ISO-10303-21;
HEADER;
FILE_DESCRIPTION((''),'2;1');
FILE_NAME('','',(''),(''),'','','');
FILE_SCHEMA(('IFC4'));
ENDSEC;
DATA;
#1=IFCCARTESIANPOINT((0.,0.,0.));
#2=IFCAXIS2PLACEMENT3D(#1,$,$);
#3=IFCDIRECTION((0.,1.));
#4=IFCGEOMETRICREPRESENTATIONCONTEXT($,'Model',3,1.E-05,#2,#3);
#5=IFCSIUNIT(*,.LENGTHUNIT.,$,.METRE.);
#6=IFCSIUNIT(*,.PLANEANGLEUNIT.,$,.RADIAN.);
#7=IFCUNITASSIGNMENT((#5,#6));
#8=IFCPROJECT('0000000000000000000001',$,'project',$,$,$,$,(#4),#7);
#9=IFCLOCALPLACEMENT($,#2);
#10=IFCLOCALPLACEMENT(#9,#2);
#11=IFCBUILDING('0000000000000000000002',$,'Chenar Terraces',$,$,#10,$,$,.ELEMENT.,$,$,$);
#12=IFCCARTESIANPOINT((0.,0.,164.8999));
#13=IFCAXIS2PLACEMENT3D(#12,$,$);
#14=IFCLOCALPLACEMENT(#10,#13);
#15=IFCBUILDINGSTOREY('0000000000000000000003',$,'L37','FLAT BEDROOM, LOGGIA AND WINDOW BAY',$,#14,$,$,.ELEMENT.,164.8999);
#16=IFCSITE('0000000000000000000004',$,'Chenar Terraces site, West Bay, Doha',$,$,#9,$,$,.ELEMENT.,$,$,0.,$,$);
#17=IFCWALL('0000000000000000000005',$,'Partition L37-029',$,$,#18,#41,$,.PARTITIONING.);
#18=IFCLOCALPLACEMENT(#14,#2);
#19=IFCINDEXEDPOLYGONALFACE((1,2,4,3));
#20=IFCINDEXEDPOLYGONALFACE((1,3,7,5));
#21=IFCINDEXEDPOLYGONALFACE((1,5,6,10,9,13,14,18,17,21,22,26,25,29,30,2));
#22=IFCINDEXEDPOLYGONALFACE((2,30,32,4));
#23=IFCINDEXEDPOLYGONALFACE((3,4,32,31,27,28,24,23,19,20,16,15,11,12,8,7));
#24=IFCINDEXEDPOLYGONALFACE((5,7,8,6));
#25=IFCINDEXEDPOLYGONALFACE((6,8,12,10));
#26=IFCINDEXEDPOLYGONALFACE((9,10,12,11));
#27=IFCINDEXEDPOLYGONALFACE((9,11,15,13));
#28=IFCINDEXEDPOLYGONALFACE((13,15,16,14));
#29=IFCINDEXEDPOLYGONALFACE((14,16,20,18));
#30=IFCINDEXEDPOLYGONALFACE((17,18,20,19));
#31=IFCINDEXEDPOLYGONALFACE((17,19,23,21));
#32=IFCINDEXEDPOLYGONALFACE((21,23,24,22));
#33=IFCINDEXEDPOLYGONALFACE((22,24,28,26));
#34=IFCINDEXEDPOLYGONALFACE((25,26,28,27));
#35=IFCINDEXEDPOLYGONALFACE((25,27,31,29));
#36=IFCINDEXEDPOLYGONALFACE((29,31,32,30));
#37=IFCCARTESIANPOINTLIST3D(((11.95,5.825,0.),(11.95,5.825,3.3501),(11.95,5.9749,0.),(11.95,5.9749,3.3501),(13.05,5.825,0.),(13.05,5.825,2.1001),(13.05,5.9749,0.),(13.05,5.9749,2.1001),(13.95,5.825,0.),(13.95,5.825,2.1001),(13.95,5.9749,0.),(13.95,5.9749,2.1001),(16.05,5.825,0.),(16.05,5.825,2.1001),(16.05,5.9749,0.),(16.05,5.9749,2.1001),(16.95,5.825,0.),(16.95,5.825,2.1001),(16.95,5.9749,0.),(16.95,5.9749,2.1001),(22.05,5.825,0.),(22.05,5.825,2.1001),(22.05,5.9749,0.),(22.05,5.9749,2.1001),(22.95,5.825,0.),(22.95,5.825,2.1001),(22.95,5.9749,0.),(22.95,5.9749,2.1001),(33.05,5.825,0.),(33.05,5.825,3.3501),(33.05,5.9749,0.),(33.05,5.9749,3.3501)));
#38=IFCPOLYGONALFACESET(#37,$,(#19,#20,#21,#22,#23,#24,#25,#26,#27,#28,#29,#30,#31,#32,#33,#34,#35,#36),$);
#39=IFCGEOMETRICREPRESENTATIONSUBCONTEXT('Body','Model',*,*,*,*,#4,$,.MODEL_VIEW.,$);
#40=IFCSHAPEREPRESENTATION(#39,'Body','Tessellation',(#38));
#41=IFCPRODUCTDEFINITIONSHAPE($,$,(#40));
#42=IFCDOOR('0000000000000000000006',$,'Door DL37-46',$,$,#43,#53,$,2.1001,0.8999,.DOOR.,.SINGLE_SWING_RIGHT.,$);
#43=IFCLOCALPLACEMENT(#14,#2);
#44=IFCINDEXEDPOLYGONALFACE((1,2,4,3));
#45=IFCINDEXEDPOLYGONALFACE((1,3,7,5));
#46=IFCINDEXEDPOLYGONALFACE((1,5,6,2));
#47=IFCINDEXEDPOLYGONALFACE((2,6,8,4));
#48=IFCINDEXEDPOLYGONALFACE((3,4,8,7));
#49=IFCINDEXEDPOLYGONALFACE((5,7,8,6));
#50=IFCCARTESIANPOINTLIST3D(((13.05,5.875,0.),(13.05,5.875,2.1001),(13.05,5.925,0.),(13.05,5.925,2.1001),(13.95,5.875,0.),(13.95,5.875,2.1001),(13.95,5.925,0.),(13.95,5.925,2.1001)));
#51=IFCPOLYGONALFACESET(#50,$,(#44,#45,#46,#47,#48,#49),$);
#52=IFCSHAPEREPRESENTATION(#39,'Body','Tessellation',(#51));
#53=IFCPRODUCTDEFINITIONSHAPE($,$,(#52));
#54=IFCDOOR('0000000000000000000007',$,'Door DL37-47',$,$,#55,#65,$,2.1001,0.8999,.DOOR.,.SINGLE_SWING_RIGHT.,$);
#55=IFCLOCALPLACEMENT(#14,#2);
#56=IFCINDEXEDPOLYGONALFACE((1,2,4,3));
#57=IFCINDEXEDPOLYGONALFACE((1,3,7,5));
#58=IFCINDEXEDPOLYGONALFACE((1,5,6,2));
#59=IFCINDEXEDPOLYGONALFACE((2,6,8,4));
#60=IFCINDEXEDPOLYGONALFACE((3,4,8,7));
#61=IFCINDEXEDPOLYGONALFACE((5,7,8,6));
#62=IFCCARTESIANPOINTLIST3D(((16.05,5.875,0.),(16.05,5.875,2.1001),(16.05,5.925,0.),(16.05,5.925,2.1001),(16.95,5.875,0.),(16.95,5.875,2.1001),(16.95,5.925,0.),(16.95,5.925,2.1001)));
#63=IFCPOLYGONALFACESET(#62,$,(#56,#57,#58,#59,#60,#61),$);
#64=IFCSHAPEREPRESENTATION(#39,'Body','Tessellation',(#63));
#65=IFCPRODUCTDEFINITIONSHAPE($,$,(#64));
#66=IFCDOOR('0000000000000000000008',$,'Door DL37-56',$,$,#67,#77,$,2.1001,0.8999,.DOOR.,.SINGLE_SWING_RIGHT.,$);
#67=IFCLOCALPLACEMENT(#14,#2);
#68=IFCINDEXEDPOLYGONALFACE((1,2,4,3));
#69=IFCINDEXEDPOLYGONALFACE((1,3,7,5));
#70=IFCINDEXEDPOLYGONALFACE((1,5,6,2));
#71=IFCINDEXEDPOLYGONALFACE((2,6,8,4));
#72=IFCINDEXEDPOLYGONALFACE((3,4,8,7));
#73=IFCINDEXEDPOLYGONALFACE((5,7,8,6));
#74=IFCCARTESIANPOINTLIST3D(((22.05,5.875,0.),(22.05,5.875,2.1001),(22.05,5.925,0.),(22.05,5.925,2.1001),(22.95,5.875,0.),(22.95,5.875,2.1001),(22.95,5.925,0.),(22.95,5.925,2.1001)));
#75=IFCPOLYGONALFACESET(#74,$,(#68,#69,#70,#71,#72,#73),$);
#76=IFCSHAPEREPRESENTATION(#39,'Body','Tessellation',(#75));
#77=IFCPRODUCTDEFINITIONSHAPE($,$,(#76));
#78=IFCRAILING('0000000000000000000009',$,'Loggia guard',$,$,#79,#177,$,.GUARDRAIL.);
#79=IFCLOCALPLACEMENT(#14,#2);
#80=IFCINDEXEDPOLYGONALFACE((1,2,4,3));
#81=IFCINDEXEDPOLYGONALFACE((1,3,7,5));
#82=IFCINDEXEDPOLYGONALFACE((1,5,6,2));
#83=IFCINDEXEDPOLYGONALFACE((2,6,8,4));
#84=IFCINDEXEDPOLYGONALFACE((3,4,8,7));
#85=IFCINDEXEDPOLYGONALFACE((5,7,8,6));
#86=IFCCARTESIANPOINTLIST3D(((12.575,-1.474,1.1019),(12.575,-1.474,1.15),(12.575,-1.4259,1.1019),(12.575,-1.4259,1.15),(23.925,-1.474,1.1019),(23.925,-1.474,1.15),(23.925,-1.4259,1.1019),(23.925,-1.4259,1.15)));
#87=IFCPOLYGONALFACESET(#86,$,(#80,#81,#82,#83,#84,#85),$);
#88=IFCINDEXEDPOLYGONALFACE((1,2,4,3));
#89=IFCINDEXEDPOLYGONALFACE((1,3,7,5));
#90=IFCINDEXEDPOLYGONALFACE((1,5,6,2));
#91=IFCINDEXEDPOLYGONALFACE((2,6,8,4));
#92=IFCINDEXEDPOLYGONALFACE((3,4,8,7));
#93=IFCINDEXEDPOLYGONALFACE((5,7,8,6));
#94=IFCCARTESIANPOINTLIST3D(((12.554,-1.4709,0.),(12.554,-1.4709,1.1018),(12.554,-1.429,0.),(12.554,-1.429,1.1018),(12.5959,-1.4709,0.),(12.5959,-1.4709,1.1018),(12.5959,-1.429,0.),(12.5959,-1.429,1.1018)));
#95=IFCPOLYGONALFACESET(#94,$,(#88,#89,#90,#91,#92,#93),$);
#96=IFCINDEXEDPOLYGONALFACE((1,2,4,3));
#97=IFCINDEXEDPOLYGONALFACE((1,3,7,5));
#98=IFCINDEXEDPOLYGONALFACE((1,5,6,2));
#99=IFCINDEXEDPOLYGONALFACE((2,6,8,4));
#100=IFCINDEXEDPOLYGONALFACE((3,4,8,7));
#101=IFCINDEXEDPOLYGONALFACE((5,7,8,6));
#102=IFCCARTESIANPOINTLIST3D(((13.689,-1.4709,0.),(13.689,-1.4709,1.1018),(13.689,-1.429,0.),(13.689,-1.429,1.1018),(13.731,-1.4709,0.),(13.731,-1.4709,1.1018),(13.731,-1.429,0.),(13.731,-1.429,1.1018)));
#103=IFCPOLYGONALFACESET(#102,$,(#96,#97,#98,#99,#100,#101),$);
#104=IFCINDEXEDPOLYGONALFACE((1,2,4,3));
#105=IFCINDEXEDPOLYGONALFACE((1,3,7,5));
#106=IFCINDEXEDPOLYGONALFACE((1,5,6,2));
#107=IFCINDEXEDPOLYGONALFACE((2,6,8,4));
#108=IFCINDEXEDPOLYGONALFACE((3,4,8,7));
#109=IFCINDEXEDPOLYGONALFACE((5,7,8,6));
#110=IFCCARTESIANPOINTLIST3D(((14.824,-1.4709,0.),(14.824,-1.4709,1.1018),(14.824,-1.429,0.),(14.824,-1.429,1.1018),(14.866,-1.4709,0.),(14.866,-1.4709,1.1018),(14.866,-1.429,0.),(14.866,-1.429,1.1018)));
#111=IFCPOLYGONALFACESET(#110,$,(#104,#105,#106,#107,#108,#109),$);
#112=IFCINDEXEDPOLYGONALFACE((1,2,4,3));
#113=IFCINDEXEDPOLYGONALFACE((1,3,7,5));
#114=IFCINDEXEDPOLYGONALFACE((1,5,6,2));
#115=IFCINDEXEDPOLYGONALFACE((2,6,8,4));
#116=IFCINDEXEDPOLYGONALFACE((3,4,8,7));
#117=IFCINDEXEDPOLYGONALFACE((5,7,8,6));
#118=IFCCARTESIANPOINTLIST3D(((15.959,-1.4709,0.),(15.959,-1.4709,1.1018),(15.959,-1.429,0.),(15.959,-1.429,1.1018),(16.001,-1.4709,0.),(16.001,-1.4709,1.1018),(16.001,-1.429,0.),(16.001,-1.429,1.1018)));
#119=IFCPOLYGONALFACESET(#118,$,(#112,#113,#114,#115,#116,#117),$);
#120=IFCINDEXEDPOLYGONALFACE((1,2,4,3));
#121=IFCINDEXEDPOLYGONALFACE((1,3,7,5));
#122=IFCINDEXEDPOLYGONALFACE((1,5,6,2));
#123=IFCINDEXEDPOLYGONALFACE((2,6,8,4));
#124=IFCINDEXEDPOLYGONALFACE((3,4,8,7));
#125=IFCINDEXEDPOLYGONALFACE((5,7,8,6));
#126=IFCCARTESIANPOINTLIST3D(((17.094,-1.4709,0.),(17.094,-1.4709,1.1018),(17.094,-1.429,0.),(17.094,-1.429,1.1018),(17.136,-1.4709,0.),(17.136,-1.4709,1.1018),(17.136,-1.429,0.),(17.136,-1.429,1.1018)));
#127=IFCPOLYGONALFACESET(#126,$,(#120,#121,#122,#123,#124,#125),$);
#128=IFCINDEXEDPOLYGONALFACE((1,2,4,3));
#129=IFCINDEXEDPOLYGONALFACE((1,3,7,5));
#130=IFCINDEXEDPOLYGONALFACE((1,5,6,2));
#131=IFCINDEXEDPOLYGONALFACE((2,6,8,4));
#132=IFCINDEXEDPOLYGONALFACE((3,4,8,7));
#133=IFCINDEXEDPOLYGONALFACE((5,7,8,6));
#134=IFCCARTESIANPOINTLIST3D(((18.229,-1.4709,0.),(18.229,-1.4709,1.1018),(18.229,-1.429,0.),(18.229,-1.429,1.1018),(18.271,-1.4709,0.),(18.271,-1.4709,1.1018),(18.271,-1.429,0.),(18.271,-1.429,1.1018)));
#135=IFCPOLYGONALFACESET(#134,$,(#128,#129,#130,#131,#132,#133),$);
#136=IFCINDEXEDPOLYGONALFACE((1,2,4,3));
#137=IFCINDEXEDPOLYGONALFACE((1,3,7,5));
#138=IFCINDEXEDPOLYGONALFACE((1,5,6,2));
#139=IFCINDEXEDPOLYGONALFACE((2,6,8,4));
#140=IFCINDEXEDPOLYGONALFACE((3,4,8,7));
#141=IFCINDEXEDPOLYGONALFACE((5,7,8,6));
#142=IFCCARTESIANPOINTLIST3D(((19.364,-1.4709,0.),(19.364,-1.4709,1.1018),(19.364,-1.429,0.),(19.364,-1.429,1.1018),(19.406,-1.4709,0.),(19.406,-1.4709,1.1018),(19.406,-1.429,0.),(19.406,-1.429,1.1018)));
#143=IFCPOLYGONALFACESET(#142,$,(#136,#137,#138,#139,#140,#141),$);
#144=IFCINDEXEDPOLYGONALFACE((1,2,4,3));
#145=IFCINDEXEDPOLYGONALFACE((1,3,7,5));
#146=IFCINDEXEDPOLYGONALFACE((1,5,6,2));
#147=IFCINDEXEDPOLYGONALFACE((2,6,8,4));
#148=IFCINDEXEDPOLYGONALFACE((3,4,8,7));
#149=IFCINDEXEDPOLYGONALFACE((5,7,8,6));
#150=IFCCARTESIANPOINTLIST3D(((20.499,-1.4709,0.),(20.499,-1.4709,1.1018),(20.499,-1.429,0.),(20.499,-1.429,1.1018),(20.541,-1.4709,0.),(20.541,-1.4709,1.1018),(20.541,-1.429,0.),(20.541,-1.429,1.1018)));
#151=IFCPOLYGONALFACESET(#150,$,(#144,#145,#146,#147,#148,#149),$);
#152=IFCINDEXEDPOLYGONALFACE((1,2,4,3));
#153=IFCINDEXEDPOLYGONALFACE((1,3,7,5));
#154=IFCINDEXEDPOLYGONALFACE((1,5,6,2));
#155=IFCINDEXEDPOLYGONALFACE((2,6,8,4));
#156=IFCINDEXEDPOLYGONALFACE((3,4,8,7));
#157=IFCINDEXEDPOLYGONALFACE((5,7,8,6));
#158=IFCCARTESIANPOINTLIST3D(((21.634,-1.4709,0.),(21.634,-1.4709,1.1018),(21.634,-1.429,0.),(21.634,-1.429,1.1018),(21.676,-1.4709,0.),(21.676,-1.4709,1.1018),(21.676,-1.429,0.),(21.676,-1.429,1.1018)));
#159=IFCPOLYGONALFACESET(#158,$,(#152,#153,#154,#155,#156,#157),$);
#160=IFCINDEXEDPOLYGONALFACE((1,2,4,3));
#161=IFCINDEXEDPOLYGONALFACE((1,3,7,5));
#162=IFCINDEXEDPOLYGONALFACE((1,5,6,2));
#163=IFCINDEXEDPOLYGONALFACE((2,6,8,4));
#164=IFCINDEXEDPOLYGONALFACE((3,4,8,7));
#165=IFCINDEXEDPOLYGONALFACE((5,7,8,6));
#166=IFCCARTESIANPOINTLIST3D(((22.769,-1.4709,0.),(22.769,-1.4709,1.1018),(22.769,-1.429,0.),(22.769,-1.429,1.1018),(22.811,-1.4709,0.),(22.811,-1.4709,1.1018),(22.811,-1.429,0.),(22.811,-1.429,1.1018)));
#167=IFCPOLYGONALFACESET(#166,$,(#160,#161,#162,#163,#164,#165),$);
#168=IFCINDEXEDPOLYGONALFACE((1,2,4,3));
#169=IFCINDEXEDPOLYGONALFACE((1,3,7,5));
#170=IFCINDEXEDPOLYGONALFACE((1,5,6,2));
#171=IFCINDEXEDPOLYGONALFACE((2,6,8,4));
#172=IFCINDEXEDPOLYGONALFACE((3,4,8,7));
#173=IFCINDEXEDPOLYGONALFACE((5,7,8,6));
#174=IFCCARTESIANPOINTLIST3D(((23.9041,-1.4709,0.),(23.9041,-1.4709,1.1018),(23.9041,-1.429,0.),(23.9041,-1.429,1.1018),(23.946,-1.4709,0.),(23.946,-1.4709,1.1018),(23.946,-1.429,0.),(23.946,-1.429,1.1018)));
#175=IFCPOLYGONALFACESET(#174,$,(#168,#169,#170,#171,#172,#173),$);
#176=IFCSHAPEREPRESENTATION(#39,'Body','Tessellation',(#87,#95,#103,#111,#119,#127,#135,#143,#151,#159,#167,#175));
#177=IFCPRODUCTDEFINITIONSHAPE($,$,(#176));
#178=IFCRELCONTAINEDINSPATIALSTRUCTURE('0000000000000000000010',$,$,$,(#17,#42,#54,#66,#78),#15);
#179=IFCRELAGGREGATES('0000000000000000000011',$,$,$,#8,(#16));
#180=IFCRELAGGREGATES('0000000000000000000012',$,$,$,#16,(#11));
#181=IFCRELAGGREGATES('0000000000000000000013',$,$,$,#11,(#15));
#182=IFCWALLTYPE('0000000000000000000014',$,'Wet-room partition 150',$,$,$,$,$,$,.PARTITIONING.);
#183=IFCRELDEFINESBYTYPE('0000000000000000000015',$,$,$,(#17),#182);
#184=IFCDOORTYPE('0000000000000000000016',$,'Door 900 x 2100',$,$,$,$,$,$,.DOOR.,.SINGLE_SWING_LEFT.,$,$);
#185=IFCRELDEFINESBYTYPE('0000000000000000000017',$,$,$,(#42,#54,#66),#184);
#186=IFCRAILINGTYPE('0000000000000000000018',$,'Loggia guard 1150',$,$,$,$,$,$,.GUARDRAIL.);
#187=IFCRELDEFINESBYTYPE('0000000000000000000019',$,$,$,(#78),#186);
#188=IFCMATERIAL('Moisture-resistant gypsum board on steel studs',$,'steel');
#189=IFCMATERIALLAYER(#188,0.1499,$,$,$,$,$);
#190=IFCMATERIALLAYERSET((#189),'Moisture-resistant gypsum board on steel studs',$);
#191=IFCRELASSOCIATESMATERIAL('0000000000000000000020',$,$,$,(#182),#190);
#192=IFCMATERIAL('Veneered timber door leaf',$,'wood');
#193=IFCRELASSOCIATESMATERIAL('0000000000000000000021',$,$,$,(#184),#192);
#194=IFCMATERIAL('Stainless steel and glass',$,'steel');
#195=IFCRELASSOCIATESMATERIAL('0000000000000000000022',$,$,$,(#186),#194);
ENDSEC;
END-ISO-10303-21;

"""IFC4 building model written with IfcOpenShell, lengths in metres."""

from ifc_helpers import new_model, si_unit, direction, frame, frame_2d, origin, origin_2d, place, context, subcontext, project, spatial, rectangle, extrude, material, layer, layer_set, type_object, element, fill, save


model = new_model("IFC4")

# Units and contexts
model_context = context("Model", 3, precision=1e-05, world=origin(), true_north=direction((0.0, 1.0)))
body_context = subcontext(model_context, "Body", "Model", "MODEL_VIEW")
ifc_project = project(units=[si_unit("LENGTHUNIT", "METRE"), si_unit("PLANEANGLEUNIT", "RADIAN")], contexts=[model_context])

# Site, building, storey
site_placement = place(None, origin())
site = spatial("IfcSite", under=ifc_project, at=site_placement, Name="Chenar Terraces site, West Bay, Doha", CompositionType="ELEMENT", RefElevation=0.0)
building_placement = place(site_placement, origin())
building = spatial("IfcBuilding", under=site, at=building_placement, Name="Chenar Terraces", CompositionType="ELEMENT")
storey_placement = place(building_placement, frame((0.0, 0.0, 164.8999)))
storey = spatial("IfcBuildingStorey", under=building, at=storey_placement, Name="L37", Description="FLAT BEDROOM, LOGGIA AND WINDOW BAY", CompositionType="ELEMENT", Elevation=164.8999)

# Wall, openings, doors
ifc_material_1 = material(Name="Moisture-resistant gypsum board on steel studs", Category="steel")
ifc_layer_1 = layer(ifc_material_1, 0.1499)
ifc_layer_set_1 = layer_set([ifc_layer_1], Name="Moisture-resistant gypsum board on steel studs")
wall_type_1 = type_object("IfcWallType", Name="Wet-room partition 150", PredefinedType="PARTITIONING", material=ifc_layer_set_1)
wall_1_placement = place(storey_placement, frame((11.95, 5.8999, 0.0), z_axis=(0.0, 0.0, 1.0), x_axis=(1.0, 0.0, 0.0)))
wall_1 = element("IfcWall", 1, at=wall_1_placement, inside=storey, type_object=wall_type_1, Name="Partition L37-029", PredefinedType="PARTITIONING", context=body_context, shape_type="SweptSolid", body=[
    extrude(rectangle(XDim=21.1001, YDim=0.1499, at=frame_2d((10.55, 0.0))), origin(), (0.0, 0.0, 1.0), 3.3501),
])
opening_1_placement = place(wall_1_placement, frame((1.1001, 0.0, 0.0)))
opening_1 = element("IfcOpeningElement", 2, at=opening_1_placement, cuts=wall_1, PredefinedType="OPENING", context=body_context, shape_type="SweptSolid", body=[
    extrude(rectangle(XDim=0.8999, YDim=2.1001, at=frame_2d((0.45, 1.05))), frame((0.0, 0.085, 0.0), z_axis=(0.0, -1.0, 0.0), x_axis=(1.0, 0.0, 0.0)), (0.0, 0.0, 1.0), 0.1699),
])
opening_2_placement = place(wall_1_placement, frame((4.1001, 0.0, 0.0)))
opening_2 = element("IfcOpeningElement", 3, at=opening_2_placement, cuts=wall_1, PredefinedType="OPENING", context=body_context, shape_type="SweptSolid", body=[
    extrude(rectangle(XDim=0.8999, YDim=2.1001, at=frame_2d((0.45, 1.05))), frame((0.0, 0.085, 0.0), z_axis=(0.0, -1.0, 0.0), x_axis=(1.0, 0.0, 0.0)), (0.0, 0.0, 1.0), 0.1699),
])
opening_3_placement = place(wall_1_placement, frame((10.1001, 0.0, 0.0)))
opening_3 = element("IfcOpeningElement", 4, at=opening_3_placement, cuts=wall_1, PredefinedType="OPENING", context=body_context, shape_type="SweptSolid", body=[
    extrude(rectangle(XDim=0.8999, YDim=2.1001, at=frame_2d((0.45, 1.05))), frame((0.0, 0.085, 0.0), z_axis=(0.0, -1.0, 0.0), x_axis=(1.0, 0.0, 0.0)), (0.0, 0.0, 1.0), 0.1699),
])
ifc_material_2 = material(Name="Veneered timber door leaf", Category="wood")
door_type_1 = type_object("IfcDoorType", Name="Door 900 x 2100", OperationType="SINGLE_SWING_LEFT", PredefinedType="DOOR", material=ifc_material_2)
door_1_placement = place(opening_1_placement, frame((0.8999, 0.0, 0.0), z_axis=(0.0, 0.0, 1.0), x_axis=(-1.0, 0.0, 0.0)))
door_1 = element("IfcDoor", 5, at=door_1_placement, inside=storey, type_object=door_type_1, Name="Door DL37-46", OperationType="SINGLE_SWING_RIGHT", OverallHeight=2.1001, OverallWidth=0.8999, PredefinedType="DOOR", context=body_context, shape_type="SweptSolid", body=[
    extrude(rectangle(XDim=0.8999, YDim=2.1001, at=frame_2d((0.45, 1.05))), frame((0.0, 0.0249, 0.0), z_axis=(0.0, -1.0, 0.0), x_axis=(1.0, 0.0, 0.0)), (0.0, 0.0, 1.0), 0.05),
])
fill(opening_1, door_1)
door_2_placement = place(opening_2_placement, frame((0.8999, 0.0, 0.0), z_axis=(0.0, 0.0, 1.0), x_axis=(-1.0, 0.0, 0.0)))
door_2 = element("IfcDoor", 6, at=door_2_placement, inside=storey, type_object=door_type_1, Name="Door DL37-47", OperationType="SINGLE_SWING_RIGHT", OverallHeight=2.1001, OverallWidth=0.8999, PredefinedType="DOOR", context=body_context, shape_type="SweptSolid", body=[
    extrude(rectangle(XDim=0.8999, YDim=2.1001, at=frame_2d((0.45, 1.05))), frame((0.0, 0.0249, 0.0), z_axis=(0.0, -1.0, 0.0), x_axis=(1.0, 0.0, 0.0)), (0.0, 0.0, 1.0), 0.05),
])
fill(opening_2, door_2)
door_3_placement = place(opening_3_placement, frame((0.8999, 0.0, 0.0), z_axis=(0.0, 0.0, 1.0), x_axis=(-1.0, 0.0, 0.0)))
door_3 = element("IfcDoor", 7, at=door_3_placement, inside=storey, type_object=door_type_1, Name="Door DL37-56", OperationType="SINGLE_SWING_RIGHT", OverallHeight=2.1001, OverallWidth=0.8999, PredefinedType="DOOR", context=body_context, shape_type="SweptSolid", body=[
    extrude(rectangle(XDim=0.8999, YDim=2.1001, at=frame_2d((0.45, 1.05))), frame((0.0, 0.0249, 0.0), z_axis=(0.0, -1.0, 0.0), x_axis=(1.0, 0.0, 0.0)), (0.0, 0.0, 1.0), 0.05),
])
fill(opening_3, door_3)

# Railing
ifc_material_3 = material(Name="Stainless steel and glass", Category="steel")
railing_type = type_object("IfcRailingType", Name="Loggia guard 1150", PredefinedType="GUARDRAIL", material=ifc_material_3)
railing_placement = place(storey_placement, frame((12.575, -1.45, 0.0)))
element("IfcRailing", 8, at=railing_placement, inside=storey, type_object=railing_type, Name="Loggia guard", PredefinedType="GUARDRAIL", context=body_context, shape_type="SweptSolid", body=[
    extrude(rectangle(XDim=0.0481, YDim=0.0481, at=origin_2d()), frame((0.0, 0.0, 1.126), z_axis=(1.0, 0.0, 0.0), x_axis=(0.0, 1.0, 0.0)), (0.0, 0.0, 1.0), 11.3501),
    extrude(rectangle(XDim=0.042, YDim=0.042, at=origin_2d()), origin(), (0.0, 0.0, 1.0), 1.1018),
    extrude(rectangle(XDim=0.042, YDim=0.042, at=origin_2d()), frame((1.135, 0.0, 0.0)), (0.0, 0.0, 1.0), 1.1018),
    extrude(rectangle(XDim=0.042, YDim=0.042, at=origin_2d()), frame((2.27, 0.0, 0.0)), (0.0, 0.0, 1.0), 1.1018),
    extrude(rectangle(XDim=0.042, YDim=0.042, at=origin_2d()), frame((3.405, 0.0, 0.0)), (0.0, 0.0, 1.0), 1.1018),
    extrude(rectangle(XDim=0.042, YDim=0.042, at=origin_2d()), frame((4.54, 0.0, 0.0)), (0.0, 0.0, 1.0), 1.1018),
    extrude(rectangle(XDim=0.042, YDim=0.042, at=origin_2d()), frame((5.675, 0.0, 0.0)), (0.0, 0.0, 1.0), 1.1018),
    extrude(rectangle(XDim=0.042, YDim=0.042, at=origin_2d()), frame((6.8101, 0.0, 0.0)), (0.0, 0.0, 1.0), 1.1018),
    extrude(rectangle(XDim=0.042, YDim=0.042, at=origin_2d()), frame((7.9451, 0.0, 0.0)), (0.0, 0.0, 1.0), 1.1018),
    extrude(rectangle(XDim=0.042, YDim=0.042, at=origin_2d()), frame((9.0801, 0.0, 0.0)), (0.0, 0.0, 1.0), 1.1018),
    extrude(rectangle(XDim=0.042, YDim=0.042, at=origin_2d()), frame((10.2151, 0.0, 0.0)), (0.0, 0.0, 1.0), 1.1018),
    extrude(rectangle(XDim=0.042, YDim=0.042, at=origin_2d()), frame((11.3501, 0.0, 0.0)), (0.0, 0.0, 1.0), 1.1018),
])

save(model, "model.ifc")
